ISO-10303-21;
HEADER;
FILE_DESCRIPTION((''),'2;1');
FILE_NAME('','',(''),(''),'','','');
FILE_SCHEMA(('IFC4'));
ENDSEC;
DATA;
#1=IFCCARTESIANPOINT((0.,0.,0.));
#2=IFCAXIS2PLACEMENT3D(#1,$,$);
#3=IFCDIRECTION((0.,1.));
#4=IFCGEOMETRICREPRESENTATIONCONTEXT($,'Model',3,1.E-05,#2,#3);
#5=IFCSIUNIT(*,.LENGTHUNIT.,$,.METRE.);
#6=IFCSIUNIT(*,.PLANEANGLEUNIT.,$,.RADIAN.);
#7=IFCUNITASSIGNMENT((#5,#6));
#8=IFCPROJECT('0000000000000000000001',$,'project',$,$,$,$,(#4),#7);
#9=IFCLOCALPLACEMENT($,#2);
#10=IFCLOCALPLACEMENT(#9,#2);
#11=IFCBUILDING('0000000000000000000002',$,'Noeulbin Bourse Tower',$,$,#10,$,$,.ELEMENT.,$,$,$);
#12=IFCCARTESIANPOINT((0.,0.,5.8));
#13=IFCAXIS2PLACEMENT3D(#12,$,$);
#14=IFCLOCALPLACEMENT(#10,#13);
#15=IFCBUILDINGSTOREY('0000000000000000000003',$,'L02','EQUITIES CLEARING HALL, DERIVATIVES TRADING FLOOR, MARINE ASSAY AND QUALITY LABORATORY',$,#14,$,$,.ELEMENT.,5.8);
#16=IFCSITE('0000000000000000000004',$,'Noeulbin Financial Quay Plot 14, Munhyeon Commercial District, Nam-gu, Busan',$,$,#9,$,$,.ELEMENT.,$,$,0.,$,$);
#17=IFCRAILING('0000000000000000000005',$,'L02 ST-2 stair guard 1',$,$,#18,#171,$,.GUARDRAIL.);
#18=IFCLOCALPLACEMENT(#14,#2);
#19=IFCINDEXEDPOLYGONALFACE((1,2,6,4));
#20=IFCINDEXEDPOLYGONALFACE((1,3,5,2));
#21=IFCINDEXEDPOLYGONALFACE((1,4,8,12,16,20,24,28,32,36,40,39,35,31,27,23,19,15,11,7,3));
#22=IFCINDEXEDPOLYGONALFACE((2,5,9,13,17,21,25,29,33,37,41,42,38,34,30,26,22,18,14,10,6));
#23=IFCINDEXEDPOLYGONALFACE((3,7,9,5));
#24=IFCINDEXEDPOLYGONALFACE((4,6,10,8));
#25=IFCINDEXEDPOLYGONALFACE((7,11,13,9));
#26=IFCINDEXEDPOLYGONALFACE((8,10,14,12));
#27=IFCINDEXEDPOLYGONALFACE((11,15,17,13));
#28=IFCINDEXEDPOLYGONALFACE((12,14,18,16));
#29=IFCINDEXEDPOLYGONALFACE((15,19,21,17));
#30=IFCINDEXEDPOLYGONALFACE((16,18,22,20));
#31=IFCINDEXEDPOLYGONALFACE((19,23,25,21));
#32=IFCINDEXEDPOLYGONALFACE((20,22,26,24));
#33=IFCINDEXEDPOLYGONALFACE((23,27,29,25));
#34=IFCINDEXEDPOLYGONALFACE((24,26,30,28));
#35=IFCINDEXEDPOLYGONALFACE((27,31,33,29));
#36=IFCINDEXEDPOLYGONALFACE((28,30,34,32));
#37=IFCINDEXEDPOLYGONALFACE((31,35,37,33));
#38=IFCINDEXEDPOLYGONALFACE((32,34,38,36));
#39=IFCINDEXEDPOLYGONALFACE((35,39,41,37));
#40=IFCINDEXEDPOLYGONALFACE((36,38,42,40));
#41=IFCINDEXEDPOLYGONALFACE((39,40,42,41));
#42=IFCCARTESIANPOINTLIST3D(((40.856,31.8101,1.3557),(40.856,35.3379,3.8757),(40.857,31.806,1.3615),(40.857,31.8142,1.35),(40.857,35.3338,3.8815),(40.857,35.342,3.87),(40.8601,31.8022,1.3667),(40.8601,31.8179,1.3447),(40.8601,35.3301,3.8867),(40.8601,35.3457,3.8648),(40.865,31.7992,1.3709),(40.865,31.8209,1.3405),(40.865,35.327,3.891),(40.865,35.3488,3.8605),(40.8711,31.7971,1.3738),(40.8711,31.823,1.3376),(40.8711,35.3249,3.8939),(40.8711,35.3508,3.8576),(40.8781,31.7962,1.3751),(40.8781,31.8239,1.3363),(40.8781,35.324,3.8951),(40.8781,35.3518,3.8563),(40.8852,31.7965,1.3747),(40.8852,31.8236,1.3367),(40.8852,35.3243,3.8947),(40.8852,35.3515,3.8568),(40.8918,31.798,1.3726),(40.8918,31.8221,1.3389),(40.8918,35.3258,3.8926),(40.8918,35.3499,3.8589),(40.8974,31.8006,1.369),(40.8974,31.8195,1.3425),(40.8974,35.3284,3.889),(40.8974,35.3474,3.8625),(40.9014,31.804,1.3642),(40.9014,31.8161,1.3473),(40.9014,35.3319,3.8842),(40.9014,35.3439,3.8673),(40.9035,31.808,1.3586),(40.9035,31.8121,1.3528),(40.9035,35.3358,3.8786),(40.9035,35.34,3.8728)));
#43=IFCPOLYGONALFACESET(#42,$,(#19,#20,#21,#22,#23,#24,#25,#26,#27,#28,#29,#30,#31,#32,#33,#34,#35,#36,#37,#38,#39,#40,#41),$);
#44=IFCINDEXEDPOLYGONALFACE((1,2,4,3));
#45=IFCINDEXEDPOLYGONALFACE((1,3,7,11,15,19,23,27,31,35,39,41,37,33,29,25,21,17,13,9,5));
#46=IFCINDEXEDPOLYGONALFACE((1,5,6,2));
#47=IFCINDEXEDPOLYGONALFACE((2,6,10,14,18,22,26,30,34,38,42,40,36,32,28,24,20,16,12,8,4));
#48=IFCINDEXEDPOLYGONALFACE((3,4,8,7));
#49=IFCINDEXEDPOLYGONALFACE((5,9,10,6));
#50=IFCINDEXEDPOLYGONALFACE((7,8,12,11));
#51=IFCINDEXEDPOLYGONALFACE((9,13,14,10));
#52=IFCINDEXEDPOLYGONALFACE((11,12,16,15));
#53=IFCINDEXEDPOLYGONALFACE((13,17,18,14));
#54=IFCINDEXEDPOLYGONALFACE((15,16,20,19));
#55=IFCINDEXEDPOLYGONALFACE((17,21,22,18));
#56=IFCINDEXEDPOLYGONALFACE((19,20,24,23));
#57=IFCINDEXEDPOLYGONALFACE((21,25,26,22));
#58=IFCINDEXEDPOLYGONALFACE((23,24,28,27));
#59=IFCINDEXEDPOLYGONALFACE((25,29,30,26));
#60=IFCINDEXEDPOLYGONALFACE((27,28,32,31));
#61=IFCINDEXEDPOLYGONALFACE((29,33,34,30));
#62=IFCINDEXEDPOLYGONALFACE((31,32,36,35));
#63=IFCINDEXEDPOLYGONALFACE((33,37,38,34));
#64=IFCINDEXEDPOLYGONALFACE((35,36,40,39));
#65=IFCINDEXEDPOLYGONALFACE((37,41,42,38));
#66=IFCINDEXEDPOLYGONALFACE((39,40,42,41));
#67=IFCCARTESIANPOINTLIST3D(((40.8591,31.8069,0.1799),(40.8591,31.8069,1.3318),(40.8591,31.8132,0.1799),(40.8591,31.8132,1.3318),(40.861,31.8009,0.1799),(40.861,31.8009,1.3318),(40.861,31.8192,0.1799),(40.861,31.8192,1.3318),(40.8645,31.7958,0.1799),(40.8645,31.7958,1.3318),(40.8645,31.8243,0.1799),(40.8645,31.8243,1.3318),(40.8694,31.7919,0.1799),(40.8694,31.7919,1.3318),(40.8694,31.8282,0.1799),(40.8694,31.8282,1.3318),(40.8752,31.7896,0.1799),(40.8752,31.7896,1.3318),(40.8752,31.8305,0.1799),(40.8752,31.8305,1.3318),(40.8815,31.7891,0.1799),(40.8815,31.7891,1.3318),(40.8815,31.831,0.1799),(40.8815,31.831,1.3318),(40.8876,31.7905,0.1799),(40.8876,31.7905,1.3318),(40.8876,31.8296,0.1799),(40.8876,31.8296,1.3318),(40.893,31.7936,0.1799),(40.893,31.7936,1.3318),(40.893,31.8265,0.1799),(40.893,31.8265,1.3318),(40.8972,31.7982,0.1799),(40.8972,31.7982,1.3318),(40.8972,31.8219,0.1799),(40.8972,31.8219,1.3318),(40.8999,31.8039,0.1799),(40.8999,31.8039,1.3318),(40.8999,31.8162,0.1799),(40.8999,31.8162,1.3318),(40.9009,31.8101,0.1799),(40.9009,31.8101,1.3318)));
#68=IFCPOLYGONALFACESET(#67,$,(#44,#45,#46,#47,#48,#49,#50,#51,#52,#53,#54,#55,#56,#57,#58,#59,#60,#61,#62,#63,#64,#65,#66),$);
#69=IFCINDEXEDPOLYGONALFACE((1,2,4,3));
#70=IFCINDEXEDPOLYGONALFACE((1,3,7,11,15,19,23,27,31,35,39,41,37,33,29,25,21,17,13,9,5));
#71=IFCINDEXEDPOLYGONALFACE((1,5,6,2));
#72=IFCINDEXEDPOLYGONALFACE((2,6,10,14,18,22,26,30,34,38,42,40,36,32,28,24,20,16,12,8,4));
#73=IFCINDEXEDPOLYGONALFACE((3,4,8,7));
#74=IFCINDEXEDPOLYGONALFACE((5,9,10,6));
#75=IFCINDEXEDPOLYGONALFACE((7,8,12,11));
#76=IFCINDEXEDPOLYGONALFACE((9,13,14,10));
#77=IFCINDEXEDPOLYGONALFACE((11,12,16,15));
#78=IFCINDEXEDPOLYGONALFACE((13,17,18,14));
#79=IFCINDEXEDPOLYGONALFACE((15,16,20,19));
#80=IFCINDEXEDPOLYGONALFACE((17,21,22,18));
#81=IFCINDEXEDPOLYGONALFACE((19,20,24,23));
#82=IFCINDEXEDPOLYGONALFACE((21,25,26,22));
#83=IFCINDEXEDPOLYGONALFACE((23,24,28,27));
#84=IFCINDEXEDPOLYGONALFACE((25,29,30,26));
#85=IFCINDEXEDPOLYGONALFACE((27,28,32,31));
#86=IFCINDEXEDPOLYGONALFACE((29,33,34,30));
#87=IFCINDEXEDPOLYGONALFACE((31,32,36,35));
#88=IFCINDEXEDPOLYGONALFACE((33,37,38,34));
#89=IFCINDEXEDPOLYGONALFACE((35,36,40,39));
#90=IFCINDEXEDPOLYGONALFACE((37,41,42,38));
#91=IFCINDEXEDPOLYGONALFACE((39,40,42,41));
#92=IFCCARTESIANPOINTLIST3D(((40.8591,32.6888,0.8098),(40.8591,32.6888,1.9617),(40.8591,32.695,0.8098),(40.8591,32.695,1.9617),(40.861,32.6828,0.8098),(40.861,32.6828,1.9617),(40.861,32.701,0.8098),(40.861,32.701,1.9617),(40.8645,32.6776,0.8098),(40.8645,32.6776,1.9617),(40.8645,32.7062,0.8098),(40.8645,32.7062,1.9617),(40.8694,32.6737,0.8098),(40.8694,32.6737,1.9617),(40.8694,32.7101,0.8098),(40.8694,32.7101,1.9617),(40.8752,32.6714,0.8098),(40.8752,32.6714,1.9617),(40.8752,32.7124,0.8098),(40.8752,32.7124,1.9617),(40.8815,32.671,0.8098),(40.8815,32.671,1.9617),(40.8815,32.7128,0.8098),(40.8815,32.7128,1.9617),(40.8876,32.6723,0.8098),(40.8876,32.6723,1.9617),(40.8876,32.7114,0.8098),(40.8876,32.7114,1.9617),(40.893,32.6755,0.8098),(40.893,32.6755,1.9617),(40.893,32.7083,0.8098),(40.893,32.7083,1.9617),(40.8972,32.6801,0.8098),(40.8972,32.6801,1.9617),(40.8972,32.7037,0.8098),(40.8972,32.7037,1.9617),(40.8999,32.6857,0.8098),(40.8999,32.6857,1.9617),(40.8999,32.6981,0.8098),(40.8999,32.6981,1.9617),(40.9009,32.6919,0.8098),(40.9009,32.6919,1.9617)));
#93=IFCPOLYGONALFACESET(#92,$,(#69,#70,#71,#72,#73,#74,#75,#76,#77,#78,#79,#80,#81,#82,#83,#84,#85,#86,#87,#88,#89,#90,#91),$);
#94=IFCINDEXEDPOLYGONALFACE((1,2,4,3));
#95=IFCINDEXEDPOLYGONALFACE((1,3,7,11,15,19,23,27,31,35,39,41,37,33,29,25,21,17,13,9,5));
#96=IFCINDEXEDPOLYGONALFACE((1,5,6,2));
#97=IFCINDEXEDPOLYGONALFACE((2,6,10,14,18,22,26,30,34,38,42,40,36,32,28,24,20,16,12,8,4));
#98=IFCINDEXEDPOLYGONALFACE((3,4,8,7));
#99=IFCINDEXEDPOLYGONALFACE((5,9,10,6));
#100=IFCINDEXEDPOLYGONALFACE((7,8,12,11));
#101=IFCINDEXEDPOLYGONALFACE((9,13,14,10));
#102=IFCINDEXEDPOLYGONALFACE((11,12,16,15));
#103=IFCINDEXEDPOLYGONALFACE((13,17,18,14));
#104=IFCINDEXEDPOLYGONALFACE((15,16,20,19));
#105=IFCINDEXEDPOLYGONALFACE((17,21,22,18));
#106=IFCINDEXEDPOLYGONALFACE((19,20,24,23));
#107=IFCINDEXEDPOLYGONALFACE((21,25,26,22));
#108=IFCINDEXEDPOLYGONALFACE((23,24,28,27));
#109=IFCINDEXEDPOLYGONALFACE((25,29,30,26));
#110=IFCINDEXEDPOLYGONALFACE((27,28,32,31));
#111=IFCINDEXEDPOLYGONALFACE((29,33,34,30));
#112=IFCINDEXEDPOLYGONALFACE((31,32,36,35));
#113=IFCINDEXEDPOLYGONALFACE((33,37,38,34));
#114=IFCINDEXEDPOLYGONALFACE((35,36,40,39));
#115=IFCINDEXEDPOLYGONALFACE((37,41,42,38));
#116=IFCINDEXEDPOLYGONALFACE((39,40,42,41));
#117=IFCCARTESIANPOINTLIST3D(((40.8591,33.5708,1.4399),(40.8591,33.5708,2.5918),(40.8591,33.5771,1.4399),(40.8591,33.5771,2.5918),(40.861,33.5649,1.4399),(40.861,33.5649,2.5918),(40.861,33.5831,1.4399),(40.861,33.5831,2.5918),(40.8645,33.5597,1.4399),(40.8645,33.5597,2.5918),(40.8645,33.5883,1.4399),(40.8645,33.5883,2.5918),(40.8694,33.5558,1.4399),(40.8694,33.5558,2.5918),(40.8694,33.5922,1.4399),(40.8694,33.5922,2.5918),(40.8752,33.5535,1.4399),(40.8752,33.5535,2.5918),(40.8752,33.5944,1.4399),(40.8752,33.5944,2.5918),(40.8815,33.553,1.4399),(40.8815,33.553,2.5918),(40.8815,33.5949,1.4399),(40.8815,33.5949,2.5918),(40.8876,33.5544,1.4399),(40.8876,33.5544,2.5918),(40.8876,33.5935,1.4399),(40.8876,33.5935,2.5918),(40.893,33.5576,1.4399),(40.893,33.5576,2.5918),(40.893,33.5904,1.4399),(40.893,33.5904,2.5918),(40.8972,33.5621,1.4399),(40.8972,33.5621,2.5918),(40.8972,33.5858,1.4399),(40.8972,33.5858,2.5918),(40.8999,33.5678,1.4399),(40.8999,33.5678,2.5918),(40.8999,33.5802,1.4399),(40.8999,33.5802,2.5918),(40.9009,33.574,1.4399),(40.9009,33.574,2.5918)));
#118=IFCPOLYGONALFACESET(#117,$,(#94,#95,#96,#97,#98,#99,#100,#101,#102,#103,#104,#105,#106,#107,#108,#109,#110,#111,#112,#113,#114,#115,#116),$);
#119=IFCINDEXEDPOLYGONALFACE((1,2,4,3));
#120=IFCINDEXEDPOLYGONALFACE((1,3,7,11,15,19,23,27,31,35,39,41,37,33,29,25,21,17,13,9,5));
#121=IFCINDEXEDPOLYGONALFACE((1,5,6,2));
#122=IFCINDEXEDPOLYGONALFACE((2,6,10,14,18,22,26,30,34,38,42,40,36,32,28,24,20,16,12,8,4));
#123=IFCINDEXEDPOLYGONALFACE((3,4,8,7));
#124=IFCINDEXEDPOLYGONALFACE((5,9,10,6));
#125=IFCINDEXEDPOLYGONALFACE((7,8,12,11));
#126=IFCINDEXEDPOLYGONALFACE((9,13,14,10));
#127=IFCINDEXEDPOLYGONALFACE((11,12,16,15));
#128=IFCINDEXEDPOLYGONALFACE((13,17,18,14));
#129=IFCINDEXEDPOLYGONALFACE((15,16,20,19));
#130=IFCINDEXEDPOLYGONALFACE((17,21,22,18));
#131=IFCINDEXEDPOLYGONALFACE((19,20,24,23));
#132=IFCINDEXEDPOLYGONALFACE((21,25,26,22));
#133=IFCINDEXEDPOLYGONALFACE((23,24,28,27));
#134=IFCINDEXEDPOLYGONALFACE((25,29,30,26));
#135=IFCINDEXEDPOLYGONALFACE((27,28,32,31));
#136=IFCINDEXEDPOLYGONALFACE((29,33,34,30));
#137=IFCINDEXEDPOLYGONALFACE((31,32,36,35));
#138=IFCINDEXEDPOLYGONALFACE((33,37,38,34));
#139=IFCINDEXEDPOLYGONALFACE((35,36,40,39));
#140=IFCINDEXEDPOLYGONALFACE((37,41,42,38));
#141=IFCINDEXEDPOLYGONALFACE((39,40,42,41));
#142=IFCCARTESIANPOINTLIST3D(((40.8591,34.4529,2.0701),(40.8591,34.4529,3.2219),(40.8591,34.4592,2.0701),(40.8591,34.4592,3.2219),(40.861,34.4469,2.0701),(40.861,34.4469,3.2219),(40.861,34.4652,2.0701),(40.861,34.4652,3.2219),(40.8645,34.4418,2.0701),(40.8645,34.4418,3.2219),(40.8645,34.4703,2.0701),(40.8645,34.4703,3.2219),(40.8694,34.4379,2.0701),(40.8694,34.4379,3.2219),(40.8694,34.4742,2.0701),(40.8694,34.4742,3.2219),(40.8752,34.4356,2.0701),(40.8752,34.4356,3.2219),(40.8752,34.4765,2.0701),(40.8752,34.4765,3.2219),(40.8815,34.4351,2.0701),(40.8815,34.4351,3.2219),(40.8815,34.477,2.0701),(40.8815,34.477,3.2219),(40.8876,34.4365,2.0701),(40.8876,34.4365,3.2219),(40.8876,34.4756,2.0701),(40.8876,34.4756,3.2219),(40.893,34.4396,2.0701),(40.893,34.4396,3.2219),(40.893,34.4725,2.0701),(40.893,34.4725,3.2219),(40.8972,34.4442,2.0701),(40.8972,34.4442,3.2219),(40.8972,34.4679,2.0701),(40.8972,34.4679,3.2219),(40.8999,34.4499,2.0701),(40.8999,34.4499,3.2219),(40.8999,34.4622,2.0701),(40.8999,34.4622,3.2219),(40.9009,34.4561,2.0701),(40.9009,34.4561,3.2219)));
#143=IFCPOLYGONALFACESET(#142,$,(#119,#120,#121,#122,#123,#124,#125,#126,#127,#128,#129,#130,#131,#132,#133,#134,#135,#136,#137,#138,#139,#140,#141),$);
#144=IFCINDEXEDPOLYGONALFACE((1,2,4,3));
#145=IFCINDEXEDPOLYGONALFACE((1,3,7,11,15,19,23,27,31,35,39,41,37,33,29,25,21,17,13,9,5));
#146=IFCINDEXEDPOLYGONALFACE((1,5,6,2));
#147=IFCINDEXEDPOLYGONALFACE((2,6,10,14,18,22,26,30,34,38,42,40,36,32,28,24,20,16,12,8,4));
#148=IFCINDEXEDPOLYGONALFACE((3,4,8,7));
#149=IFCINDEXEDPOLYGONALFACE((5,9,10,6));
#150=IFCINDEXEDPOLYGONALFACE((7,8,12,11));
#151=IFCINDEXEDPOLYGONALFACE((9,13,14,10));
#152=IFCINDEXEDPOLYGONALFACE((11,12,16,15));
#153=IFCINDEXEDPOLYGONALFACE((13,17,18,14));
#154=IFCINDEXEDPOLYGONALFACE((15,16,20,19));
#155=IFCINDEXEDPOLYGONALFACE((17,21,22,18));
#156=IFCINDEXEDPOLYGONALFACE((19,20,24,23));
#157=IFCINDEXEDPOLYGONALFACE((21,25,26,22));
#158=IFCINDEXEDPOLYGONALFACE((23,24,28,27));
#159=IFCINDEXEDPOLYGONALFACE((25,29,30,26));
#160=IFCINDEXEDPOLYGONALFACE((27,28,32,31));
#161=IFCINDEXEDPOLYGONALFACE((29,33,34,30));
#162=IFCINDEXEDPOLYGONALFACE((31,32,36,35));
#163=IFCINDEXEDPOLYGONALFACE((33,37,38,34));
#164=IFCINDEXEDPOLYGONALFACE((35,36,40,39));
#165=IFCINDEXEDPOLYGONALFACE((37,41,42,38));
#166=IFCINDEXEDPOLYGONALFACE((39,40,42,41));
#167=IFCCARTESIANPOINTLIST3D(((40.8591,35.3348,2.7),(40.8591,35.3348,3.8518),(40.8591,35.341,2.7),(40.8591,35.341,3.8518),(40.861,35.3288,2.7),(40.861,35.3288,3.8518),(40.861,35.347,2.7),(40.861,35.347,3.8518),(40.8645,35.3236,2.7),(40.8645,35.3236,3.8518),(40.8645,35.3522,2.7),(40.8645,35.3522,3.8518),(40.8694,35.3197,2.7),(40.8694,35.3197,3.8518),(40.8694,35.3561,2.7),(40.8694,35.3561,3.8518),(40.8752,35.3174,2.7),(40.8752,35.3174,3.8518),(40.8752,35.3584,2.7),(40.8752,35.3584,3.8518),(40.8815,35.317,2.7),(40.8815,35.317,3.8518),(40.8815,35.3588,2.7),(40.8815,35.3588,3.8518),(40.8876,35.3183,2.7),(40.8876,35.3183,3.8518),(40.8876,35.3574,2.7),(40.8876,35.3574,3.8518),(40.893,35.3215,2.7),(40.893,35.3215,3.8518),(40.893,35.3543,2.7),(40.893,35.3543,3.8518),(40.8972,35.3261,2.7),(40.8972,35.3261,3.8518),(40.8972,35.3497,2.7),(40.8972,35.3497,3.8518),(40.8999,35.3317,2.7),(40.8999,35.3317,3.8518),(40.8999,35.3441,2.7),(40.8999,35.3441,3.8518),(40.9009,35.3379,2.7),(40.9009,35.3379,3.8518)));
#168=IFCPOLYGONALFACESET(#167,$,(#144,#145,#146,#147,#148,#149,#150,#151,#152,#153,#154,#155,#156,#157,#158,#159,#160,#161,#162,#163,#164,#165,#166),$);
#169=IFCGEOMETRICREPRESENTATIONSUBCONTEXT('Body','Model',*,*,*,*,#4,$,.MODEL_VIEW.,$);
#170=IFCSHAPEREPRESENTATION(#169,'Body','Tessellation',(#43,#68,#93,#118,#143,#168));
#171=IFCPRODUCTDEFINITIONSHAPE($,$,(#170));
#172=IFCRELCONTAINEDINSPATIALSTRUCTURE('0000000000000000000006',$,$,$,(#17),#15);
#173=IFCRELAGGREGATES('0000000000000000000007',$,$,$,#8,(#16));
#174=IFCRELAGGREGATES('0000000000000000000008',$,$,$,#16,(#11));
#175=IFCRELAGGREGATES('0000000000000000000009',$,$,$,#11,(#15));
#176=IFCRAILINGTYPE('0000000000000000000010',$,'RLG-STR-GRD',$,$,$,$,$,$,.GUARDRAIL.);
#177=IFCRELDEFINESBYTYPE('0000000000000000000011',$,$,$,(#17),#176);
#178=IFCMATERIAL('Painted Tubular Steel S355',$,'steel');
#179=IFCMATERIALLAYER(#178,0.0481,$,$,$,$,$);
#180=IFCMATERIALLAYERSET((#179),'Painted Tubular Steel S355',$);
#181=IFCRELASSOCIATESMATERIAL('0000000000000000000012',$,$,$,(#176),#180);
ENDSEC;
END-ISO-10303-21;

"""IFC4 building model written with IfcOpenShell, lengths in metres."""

from ifc_helpers import new_model, si_unit, direction, frame, origin, origin_2d, place, context, subcontext, project, spatial, circle, extrude, material, layer, layer_set, type_object, element, save


model = new_model("IFC4")

# Units and contexts
model_context = context("Model", 3, precision=1e-05, world=origin(), true_north=direction((0.0, 1.0)))
body_context = subcontext(model_context, "Body", "Model", "MODEL_VIEW")
ifc_project = project(units=[si_unit("LENGTHUNIT", "METRE"), si_unit("PLANEANGLEUNIT", "RADIAN")], contexts=[model_context])

# Site, building, storey
site_placement = place(None, origin())
site = spatial("IfcSite", under=ifc_project, at=site_placement, Name="Noeulbin Financial Quay Plot 14, Munhyeon Commercial District, Nam-gu, Busan", CompositionType="ELEMENT", RefElevation=0.0)
building_placement = place(site_placement, origin())
building = spatial("IfcBuilding", under=site, at=building_placement, Name="Noeulbin Bourse Tower", CompositionType="ELEMENT")
storey_placement = place(building_placement, frame((0.0, 0.0, 5.8)))
storey = spatial("IfcBuildingStorey", under=building, at=storey_placement, Name="L02", Description="EQUITIES CLEARING HALL, DERIVATIVES TRADING FLOOR, MARINE ASSAY AND QUALITY LABORATORY", CompositionType="ELEMENT", Elevation=5.8)

# Railing
ifc_material_1 = material(Name="Painted Tubular Steel S355", Category="steel")
ifc_layer_1 = layer(ifc_material_1, 0.0481)
ifc_layer_set_1 = layer_set([ifc_layer_1], Name="Painted Tubular Steel S355")
railing_type_1 = type_object("IfcRailingType", Name="RLG-STR-GRD", PredefinedType="GUARDRAIL", material=ifc_layer_set_1)
railing_1_placement = place(storey_placement, frame((40.8799, 31.8101, 0.1799)))
element("IfcRailing", 1, at=railing_1_placement, inside=storey, type_object=railing_type_1, Name="L02 ST-2 stair guard 1", PredefinedType="GUARDRAIL", context=body_context, shape_type="SweptSolid", body=[
    extrude(circle(Radius=0.0239, at=origin_2d()), frame((0.0, 0.0, 1.1758), z_axis=(0.0, 0.813718, 0.58126), x_axis=(-1.0, 0.0, 0.0)), (0.0, 0.0, 1.0), 4.3354),
    extrude(circle(Radius=0.021, at=origin_2d()), origin(), (0.0, 0.0, 1.0), 1.1519),
    extrude(circle(Radius=0.021, at=origin_2d()), frame((0.0, 0.8818, 0.6299)), (0.0, 0.0, 1.0), 1.1519),
    extrude(circle(Radius=0.021, at=origin_2d()), frame((0.0, 1.7639, 1.26)), (0.0, 0.0, 1.0), 1.1519),
    extrude(circle(Radius=0.021, at=origin_2d()), frame((0.0, 2.646, 1.8901)), (0.0, 0.0, 1.0), 1.1519),
    extrude(circle(Radius=0.021, at=origin_2d()), frame((0.0, 3.5278, 2.52)), (0.0, 0.0, 1.0), 1.1519),
])

save(model, "model.ifc")
